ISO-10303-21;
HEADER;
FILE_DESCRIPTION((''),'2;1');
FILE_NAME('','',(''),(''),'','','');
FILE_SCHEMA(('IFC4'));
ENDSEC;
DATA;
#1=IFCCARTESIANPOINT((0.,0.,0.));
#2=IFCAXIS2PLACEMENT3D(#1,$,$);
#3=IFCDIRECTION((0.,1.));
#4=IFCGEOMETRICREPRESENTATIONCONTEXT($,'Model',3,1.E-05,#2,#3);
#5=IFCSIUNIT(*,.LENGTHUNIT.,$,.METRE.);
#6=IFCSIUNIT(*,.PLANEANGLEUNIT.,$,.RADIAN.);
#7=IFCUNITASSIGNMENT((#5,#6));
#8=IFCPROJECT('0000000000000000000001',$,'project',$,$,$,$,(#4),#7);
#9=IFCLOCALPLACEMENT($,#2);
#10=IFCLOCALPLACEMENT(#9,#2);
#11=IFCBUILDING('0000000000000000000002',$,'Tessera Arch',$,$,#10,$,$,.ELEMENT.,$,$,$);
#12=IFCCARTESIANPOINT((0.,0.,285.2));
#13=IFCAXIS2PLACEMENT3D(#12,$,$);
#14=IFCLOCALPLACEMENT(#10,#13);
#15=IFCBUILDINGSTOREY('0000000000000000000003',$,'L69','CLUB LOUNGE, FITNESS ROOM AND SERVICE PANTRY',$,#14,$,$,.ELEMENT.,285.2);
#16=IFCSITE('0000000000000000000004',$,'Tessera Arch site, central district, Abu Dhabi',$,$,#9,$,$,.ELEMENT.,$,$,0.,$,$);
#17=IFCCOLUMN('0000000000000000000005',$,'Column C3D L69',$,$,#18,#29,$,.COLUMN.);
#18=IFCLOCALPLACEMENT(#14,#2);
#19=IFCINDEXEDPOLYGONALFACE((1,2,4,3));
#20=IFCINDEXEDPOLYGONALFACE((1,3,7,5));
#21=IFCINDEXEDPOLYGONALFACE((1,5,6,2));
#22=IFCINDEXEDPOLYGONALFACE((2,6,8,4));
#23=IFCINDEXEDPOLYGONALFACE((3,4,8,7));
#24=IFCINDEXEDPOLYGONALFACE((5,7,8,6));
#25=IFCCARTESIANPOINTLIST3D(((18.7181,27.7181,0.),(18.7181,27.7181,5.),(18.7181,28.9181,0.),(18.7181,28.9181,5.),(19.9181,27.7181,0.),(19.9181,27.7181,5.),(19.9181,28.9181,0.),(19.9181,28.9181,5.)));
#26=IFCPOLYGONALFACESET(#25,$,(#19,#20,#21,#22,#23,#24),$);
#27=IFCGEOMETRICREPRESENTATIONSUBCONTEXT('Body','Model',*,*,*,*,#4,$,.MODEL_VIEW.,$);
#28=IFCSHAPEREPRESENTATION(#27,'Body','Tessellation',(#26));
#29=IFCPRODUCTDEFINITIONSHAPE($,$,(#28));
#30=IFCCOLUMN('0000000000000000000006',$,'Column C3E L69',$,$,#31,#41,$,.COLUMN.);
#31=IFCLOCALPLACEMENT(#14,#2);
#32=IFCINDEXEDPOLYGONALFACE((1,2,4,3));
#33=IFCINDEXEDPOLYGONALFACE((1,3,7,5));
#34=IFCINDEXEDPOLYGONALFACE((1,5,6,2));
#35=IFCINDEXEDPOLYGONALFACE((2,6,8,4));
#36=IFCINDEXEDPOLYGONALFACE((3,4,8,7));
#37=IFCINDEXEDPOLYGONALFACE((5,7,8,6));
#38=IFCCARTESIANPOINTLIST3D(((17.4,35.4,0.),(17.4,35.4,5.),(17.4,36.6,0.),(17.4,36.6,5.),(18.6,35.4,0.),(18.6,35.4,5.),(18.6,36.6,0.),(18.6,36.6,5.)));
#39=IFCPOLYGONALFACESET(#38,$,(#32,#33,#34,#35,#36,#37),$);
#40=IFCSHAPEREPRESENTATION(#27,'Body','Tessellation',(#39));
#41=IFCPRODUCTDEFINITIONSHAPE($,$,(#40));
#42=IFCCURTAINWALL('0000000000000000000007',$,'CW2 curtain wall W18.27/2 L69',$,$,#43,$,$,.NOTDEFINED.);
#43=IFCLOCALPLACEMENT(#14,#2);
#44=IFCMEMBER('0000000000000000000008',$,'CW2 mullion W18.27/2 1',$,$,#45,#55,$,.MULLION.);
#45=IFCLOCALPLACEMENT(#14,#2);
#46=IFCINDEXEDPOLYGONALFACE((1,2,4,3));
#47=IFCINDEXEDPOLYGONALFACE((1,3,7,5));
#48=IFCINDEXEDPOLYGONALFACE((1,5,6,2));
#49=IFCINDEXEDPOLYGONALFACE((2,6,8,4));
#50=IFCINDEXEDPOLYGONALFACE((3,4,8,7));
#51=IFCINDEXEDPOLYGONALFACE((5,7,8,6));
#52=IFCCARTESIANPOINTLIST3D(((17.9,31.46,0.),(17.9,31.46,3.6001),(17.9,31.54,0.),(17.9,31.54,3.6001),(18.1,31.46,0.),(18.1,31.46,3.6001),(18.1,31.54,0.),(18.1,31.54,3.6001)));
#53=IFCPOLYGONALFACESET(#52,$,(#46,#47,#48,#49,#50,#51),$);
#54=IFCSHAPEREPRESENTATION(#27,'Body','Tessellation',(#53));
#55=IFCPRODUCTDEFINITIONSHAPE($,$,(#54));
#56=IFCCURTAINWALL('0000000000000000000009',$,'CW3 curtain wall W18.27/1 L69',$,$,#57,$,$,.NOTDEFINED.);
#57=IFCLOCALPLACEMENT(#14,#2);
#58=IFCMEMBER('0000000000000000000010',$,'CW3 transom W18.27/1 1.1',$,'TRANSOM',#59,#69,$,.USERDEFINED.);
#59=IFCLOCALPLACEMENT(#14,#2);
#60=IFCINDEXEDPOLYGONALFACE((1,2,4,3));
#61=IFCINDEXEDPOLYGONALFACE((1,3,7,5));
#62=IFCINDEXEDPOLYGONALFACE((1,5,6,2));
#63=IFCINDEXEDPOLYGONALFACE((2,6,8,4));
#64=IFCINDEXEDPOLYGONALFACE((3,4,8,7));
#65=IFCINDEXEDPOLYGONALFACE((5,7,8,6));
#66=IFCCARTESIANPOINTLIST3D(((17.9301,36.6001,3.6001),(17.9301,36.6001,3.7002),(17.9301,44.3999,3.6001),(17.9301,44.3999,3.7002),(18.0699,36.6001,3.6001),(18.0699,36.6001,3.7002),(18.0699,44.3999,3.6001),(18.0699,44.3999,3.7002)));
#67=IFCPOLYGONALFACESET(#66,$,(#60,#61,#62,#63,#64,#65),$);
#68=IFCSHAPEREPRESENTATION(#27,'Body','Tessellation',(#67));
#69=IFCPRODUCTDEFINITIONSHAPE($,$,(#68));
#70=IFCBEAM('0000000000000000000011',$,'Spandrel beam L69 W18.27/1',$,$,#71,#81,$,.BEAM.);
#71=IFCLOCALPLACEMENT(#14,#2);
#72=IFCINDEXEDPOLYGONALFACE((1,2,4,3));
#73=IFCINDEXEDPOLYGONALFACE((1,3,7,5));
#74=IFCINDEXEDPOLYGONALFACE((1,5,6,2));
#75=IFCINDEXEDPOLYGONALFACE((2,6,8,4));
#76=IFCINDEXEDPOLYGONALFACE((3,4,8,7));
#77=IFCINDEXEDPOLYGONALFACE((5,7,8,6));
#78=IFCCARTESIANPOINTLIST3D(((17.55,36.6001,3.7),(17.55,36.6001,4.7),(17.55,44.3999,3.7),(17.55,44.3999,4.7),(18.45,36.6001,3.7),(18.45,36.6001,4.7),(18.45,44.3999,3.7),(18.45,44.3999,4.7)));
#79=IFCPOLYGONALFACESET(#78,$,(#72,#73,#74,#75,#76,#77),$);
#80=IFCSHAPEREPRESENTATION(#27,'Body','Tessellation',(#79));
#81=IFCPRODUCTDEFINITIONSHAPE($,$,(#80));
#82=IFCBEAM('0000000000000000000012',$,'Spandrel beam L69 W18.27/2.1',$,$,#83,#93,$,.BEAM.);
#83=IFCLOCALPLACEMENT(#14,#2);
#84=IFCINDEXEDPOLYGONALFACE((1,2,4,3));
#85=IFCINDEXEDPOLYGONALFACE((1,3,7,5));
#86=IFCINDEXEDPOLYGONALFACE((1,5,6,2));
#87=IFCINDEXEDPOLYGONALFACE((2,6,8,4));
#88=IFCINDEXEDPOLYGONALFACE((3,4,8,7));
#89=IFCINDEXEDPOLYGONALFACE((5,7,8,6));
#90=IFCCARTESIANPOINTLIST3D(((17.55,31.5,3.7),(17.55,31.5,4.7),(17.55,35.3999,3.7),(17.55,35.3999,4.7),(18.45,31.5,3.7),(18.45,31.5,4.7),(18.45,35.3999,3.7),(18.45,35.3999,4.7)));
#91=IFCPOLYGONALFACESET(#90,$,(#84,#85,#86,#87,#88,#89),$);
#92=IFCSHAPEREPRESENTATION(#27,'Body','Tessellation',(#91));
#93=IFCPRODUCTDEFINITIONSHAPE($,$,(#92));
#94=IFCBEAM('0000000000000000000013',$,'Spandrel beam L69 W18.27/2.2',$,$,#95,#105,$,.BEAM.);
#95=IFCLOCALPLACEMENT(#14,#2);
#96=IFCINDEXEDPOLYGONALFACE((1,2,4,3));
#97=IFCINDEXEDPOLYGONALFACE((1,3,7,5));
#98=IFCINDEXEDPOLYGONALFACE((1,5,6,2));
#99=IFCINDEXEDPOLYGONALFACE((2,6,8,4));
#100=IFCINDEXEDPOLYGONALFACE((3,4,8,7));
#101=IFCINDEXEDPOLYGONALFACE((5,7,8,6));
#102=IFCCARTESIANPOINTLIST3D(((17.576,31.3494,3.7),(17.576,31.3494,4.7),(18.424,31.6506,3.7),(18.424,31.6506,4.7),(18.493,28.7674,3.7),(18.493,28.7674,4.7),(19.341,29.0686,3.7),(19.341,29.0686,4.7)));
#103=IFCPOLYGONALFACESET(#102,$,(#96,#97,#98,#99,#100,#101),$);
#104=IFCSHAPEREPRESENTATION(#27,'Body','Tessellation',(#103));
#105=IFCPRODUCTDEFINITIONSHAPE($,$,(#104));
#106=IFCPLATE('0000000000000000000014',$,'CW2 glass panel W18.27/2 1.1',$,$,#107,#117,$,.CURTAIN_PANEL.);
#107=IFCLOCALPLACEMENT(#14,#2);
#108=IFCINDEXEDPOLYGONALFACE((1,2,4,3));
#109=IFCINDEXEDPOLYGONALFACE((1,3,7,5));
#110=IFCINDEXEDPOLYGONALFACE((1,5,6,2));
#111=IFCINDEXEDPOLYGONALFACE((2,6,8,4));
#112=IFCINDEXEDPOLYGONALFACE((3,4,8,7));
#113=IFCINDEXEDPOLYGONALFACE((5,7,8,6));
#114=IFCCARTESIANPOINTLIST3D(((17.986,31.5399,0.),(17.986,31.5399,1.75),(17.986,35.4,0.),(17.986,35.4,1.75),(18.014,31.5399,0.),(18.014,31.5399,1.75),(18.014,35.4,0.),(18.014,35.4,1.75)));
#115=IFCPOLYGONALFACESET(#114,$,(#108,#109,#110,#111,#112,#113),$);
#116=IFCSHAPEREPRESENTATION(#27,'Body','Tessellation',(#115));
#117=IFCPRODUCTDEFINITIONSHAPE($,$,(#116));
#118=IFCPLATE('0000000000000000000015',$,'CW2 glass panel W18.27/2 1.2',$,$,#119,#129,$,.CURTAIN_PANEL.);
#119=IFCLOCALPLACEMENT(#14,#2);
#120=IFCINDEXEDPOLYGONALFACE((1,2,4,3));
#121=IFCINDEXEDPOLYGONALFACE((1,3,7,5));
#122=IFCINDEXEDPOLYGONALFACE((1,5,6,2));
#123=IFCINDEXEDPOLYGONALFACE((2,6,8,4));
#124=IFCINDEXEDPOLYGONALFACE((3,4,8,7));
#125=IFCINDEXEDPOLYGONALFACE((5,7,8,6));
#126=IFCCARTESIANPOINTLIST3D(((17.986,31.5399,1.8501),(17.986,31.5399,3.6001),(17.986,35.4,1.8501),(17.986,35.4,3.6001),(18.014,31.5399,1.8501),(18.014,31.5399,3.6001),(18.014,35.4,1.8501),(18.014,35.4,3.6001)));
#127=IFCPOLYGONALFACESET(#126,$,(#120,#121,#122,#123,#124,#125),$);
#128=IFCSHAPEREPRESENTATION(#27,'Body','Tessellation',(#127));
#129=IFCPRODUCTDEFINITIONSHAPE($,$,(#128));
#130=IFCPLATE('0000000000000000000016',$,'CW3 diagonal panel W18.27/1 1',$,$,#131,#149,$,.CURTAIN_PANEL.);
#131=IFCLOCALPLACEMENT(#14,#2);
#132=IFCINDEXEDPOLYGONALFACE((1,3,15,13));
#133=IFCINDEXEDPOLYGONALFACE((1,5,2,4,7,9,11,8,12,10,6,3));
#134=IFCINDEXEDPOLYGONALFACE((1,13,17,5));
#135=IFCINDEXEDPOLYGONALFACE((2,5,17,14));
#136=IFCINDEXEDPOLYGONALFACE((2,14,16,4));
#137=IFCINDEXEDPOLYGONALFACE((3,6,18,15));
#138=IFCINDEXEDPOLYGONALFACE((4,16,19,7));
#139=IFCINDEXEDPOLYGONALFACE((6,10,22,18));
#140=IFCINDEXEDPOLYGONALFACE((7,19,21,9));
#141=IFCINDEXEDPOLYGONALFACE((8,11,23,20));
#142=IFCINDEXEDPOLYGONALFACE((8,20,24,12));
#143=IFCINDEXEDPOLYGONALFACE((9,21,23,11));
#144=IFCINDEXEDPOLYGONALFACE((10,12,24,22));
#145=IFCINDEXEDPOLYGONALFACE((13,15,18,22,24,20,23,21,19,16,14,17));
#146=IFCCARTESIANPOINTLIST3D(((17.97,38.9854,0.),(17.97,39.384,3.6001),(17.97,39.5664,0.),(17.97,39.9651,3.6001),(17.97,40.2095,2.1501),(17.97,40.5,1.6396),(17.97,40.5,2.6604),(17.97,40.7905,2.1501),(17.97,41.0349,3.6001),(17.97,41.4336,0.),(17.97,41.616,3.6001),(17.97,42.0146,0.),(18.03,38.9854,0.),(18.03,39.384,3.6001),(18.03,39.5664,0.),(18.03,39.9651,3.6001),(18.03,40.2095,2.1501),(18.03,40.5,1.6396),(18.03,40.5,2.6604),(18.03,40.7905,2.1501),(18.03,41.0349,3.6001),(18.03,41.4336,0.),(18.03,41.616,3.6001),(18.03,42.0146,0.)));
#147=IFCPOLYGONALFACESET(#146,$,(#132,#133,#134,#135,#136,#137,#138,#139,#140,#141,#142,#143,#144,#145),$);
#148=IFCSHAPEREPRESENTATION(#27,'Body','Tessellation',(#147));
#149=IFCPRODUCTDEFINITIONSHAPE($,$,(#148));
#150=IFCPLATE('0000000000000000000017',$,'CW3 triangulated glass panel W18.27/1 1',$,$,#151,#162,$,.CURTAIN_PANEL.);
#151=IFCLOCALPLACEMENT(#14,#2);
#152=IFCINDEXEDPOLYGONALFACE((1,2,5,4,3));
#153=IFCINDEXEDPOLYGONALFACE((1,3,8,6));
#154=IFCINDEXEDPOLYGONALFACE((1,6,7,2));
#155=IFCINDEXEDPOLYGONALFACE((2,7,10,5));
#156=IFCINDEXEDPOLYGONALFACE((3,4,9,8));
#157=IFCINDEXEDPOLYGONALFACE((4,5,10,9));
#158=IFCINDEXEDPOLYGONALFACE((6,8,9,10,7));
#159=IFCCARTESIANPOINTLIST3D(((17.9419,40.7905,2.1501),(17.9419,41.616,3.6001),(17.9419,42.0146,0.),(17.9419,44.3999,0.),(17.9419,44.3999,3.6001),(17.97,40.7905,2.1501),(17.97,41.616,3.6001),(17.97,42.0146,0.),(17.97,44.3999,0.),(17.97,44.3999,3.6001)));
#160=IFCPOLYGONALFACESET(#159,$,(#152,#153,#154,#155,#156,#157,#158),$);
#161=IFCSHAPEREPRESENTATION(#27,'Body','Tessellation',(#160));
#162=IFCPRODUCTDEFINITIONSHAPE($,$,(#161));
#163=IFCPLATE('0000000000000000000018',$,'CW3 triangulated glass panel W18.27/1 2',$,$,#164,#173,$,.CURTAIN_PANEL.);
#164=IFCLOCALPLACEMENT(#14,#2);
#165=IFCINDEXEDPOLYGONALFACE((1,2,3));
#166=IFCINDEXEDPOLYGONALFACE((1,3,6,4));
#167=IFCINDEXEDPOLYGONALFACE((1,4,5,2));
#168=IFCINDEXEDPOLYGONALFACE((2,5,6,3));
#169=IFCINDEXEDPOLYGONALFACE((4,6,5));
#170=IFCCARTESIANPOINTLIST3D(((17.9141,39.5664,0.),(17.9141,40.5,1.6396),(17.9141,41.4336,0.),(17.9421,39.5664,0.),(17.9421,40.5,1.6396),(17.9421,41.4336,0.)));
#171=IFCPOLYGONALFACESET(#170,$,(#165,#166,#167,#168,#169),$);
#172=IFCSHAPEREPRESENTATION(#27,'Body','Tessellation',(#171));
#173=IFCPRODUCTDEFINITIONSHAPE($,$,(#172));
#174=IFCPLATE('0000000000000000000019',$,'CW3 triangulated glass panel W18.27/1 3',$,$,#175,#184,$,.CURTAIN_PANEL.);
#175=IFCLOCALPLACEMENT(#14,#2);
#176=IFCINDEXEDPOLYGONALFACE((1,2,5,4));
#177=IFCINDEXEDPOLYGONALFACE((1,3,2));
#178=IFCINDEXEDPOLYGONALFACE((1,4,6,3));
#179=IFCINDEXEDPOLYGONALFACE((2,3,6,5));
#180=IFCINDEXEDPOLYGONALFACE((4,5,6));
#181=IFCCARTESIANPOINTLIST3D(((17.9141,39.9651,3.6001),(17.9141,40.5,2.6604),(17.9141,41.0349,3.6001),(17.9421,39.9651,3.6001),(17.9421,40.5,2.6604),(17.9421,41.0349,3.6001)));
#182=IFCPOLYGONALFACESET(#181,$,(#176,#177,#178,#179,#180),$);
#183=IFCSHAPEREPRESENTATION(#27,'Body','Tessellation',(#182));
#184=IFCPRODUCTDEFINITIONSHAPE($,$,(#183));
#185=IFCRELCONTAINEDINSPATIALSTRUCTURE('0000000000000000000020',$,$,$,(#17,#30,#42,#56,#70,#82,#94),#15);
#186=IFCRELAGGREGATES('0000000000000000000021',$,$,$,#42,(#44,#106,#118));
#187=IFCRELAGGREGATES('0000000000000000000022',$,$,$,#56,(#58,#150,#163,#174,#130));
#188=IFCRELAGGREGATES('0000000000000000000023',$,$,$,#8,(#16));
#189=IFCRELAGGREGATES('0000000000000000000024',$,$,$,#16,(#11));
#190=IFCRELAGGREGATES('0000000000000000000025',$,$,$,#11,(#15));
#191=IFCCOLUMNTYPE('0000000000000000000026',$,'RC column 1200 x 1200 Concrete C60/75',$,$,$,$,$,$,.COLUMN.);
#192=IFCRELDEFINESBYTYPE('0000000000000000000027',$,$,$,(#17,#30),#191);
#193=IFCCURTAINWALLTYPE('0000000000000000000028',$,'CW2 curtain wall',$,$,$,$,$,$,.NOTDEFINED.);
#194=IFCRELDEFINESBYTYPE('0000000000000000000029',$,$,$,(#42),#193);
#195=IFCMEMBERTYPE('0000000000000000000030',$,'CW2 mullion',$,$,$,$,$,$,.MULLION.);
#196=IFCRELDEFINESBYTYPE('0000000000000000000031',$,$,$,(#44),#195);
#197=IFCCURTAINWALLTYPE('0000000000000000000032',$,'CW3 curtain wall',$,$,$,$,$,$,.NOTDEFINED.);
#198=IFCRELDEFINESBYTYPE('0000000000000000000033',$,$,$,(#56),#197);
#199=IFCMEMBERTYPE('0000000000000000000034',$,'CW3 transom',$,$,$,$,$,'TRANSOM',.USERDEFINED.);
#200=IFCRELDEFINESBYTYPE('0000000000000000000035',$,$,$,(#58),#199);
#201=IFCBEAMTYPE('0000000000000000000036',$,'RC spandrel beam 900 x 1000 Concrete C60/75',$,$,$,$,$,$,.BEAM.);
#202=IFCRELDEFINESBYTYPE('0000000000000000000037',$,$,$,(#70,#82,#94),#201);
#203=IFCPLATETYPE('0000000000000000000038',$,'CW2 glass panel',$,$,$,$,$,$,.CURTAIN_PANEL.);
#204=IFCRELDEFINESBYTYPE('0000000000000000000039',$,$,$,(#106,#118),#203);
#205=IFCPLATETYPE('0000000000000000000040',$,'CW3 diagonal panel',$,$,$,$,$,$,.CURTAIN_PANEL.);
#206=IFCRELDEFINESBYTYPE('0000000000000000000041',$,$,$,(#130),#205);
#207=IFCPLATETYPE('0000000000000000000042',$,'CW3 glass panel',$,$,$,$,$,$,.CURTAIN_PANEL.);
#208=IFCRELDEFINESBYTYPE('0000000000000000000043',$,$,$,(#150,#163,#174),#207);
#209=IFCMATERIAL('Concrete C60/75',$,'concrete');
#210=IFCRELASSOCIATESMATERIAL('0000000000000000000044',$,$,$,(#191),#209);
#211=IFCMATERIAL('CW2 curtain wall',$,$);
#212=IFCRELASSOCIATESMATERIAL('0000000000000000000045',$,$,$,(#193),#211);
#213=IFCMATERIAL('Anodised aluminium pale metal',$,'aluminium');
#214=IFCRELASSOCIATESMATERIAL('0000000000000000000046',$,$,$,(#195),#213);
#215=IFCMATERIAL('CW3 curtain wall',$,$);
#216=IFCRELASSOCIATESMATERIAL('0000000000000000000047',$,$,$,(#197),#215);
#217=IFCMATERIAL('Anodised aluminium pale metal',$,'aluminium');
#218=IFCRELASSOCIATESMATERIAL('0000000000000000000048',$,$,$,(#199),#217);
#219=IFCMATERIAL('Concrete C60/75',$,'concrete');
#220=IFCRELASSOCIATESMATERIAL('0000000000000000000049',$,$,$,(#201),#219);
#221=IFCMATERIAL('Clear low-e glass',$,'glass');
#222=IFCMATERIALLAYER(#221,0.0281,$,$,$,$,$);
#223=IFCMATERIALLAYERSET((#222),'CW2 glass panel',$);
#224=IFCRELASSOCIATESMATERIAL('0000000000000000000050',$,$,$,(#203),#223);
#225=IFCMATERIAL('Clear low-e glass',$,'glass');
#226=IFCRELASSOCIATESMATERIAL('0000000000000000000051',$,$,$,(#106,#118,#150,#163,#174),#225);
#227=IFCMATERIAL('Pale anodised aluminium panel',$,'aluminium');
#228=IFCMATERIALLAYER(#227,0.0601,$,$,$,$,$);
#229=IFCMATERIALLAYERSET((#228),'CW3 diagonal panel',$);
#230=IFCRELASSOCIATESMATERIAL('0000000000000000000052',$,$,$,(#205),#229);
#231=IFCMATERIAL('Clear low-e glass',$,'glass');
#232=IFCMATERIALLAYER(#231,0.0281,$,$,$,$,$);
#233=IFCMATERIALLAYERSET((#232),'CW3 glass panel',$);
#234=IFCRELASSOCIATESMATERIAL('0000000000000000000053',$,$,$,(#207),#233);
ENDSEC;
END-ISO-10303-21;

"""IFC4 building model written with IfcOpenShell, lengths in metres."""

from ifc_helpers import new_model, si_unit, direction, frame, origin, origin_2d, place, context, subcontext, project, spatial, polyline, rectangle, outline, extrude, material, layer, layer_set, material_profile, profile_set, type_object, element, aggregate, save


model = new_model("IFC4")

# Units and contexts
model_context = context("Model", 3, precision=1e-05, world=origin(), true_north=direction((0.0, 1.0)))
body_context = subcontext(model_context, "Body", "Model", "MODEL_VIEW")
ifc_project = project(units=[si_unit("LENGTHUNIT", "METRE"), si_unit("PLANEANGLEUNIT", "RADIAN")], contexts=[model_context])

# Site, building, storey
site_placement = place(None, origin())
site = spatial("IfcSite", under=ifc_project, at=site_placement, Name="Tessera Arch site, central district, Abu Dhabi", CompositionType="ELEMENT", RefElevation=0.0)
building_placement = place(site_placement, origin())
building = spatial("IfcBuilding", under=site, at=building_placement, Name="Tessera Arch", CompositionType="ELEMENT")
storey_placement = place(building_placement, frame((0.0, 0.0, 285.2)))
storey = spatial("IfcBuildingStorey", under=building, at=storey_placement, Name="L69", Description="CLUB LOUNGE, FITNESS ROOM AND SERVICE PANTRY", CompositionType="ELEMENT", Elevation=285.2)

# Columns
ifc_material_1 = material(Name="Concrete C60/75", Category="concrete")
ifc_material_profile_1 = material_profile(ifc_material_1, rectangle(XDim=1.2, YDim=1.2, at=origin_2d()), Name="RC column 1200 x 1200 Concrete C60/75")
ifc_profile_set_1 = profile_set([ifc_material_profile_1], Name="Concrete C60/75")
column_type = type_object("IfcColumnType", Name="RC column 1200 x 1200 Concrete C60/75", PredefinedType="COLUMN", material=ifc_profile_set_1)
for number, where, z_axis, x_axis, name in (
    (1, (19.3181, 28.3181, 0.0), (0.0, 0.0, 1.0), (1.0, 0.0, 0.0), "Column C3D L69"),
    (2, (18.0, 36.0, 0.0), (0.0, 0.0, 1.0), (1.0, 0.0, 0.0), "Column C3E L69"),
):
    element("IfcColumn", number, at=place(storey_placement, frame(where, z_axis=z_axis, x_axis=x_axis)), inside=storey, type_object=column_type, Name=name, PredefinedType="COLUMN", context=body_context, shape_type="SweptSolid", body=[
        extrude(rectangle(XDim=1.2, YDim=1.2, at=origin_2d()), origin(), (0.0, 0.0, 1.0), 5.0),
    ])

# Curtain walls, members
ifc_material_2 = material(Name="CW2 curtain wall")
curtain_wall_type_1 = type_object("IfcCurtainWallType", Name="CW2 curtain wall", PredefinedType="NOTDEFINED", material=ifc_material_2)
curtain_wall_1_placement = place(storey_placement, origin())
curtain_wall_1 = element("IfcCurtainWall", 3, at=curtain_wall_1_placement, inside=storey, type_object=curtain_wall_type_1, Name="CW2 curtain wall W18.27/2 L69", PredefinedType="NOTDEFINED")
ifc_material_3 = material(Name="Anodised aluminium pale metal", Category="aluminium")
ifc_material_profile_2 = material_profile(ifc_material_3, rectangle(XDim=0.2, YDim=0.0801, at=origin_2d()), Name="AL 80x200")
ifc_profile_set_2 = profile_set([ifc_material_profile_2], Name="Anodised aluminium pale metal")
member_type_1 = type_object("IfcMemberType", Name="CW2 mullion", PredefinedType="MULLION", material=ifc_profile_set_2)
member_1_placement = place(storey_placement, frame((18.0, 31.5, 0.0), z_axis=(0.0, 0.0, 1.0), x_axis=(1.0, 0.0, 0.0)))
member_1 = element("IfcMember", 4, at=member_1_placement, type_object=member_type_1, Name="CW2 mullion W18.27/2 1", PredefinedType="MULLION", context=body_context, shape_type="SweptSolid", body=[
    extrude(rectangle(XDim=0.2, YDim=0.0801, at=origin_2d()), origin(), (0.0, 0.0, 1.0), 3.6001),
])
ifc_material_4 = material(Name="CW3 curtain wall")
curtain_wall_type_2 = type_object("IfcCurtainWallType", Name="CW3 curtain wall", PredefinedType="NOTDEFINED", material=ifc_material_4)
curtain_wall_2_placement = place(storey_placement, origin())
curtain_wall_2 = element("IfcCurtainWall", 5, at=curtain_wall_2_placement, inside=storey, type_object=curtain_wall_type_2, Name="CW3 curtain wall W18.27/1 L69", PredefinedType="NOTDEFINED")
ifc_material_5 = material(Name="Anodised aluminium pale metal", Category="aluminium")
ifc_material_profile_3 = material_profile(ifc_material_5, rectangle(XDim=0.1399, YDim=0.1001, at=origin_2d()), Name="AL 140x100")
ifc_profile_set_3 = profile_set([ifc_material_profile_3], Name="Anodised aluminium pale metal")
member_type_2 = type_object("IfcMemberType", Name="CW3 transom", ElementType="TRANSOM", PredefinedType="USERDEFINED", material=ifc_profile_set_3)
member_2_placement = place(storey_placement, frame((18.0, 44.3999, 3.6501), z_axis=(0.0, -1.0, 0.0), x_axis=(1.0, 0.0, 0.0)))
member_2 = element("IfcMember", 6, at=member_2_placement, type_object=member_type_2, Name="CW3 transom W18.27/1 1.1", ObjectType="TRANSOM", PredefinedType="USERDEFINED", context=body_context, shape_type="SweptSolid", body=[
    extrude(rectangle(XDim=0.1399, YDim=0.1001, at=origin_2d()), origin(), (0.0, 0.0, 1.0), 7.7998),
])

# Beams
ifc_material_6 = material(Name="Concrete C60/75", Category="concrete")
ifc_material_profile_4 = material_profile(ifc_material_6, rectangle(XDim=0.8999, YDim=1.0, at=origin_2d()), Name="RC spandrel beam 900 x 1000 Concrete C60/75")
ifc_profile_set_4 = profile_set([ifc_material_profile_4], Name="Concrete C60/75")
beam_type = type_object("IfcBeamType", Name="RC spandrel beam 900 x 1000 Concrete C60/75", PredefinedType="BEAM", material=ifc_profile_set_4)
beam_1_placement = place(storey_placement, frame((18.0, 44.3999, 4.2), z_axis=(0.0, -1.0, 0.0), x_axis=(1.0, 0.0, 0.0)))
element("IfcBeam", 7, at=beam_1_placement, inside=storey, type_object=beam_type, Name="Spandrel beam L69 W18.27/1", PredefinedType="BEAM", context=body_context, shape_type="SweptSolid", body=[
    extrude(rectangle(XDim=0.8999, YDim=1.0, at=origin_2d()), origin(), (0.0, 0.0, 1.0), 7.7998),
])
beam_2_placement = place(storey_placement, frame((18.0, 35.3999, 4.2), z_axis=(0.0, -1.0, 0.0), x_axis=(1.0, 0.0, 0.0)))
element("IfcBeam", 8, at=beam_2_placement, inside=storey, type_object=beam_type, Name="Spandrel beam L69 W18.27/2.1", PredefinedType="BEAM", context=body_context, shape_type="SweptSolid", body=[
    extrude(rectangle(XDim=0.8999, YDim=1.0, at=origin_2d()), origin(), (0.0, 0.0, 1.0), 3.8999),
])
beam_3_placement = place(storey_placement, frame((18.0, 31.5, 4.2), z_axis=(0.334665, -0.942337, 0.0), x_axis=(0.942337, 0.334665, 0.0)))
element("IfcBeam", 9, at=beam_3_placement, inside=storey, type_object=beam_type, Name="Spandrel beam L69 W18.27/2.2", PredefinedType="BEAM", context=body_context, shape_type="SweptSolid", body=[
    extrude(rectangle(XDim=0.8999, YDim=1.0, at=origin_2d()), origin(), (0.0, 0.0, 1.0), 2.74),
])

# Plates
ifc_material_7 = material(Name="Clear low-e glass", Category="glass")
ifc_material_8 = material(Name="Clear low-e glass", Category="glass")
ifc_layer_1 = layer(ifc_material_8, 0.0281)
ifc_layer_set_1 = layer_set([ifc_layer_1], Name="CW2 glass panel")
plate_type_1 = type_object("IfcPlateType", Name="CW2 glass panel", PredefinedType="CURTAIN_PANEL", material=ifc_layer_set_1)
plate_1_placement = place(storey_placement, frame((18.0, 33.47, 0.0), z_axis=(0.0, 0.0, 1.0), x_axis=(0.0, -1.0, 0.0)))
plate_1 = element("IfcPlate", 10, at=plate_1_placement, type_object=plate_type_1, material=ifc_material_7, Name="CW2 glass panel W18.27/2 1.1", PredefinedType="CURTAIN_PANEL", context=body_context, shape_type="SweptSolid", body=[
    extrude(rectangle(XDim=3.8601, YDim=0.0281, at=origin_2d()), origin(), (0.0, 0.0, 1.0), 1.75),
])
plate_2_placement = place(storey_placement, frame((18.0, 33.47, 1.8501), z_axis=(0.0, 0.0, 1.0), x_axis=(0.0, -1.0, 0.0)))
plate_2 = element("IfcPlate", 11, at=plate_2_placement, type_object=plate_type_1, material=ifc_material_7, Name="CW2 glass panel W18.27/2 1.2", PredefinedType="CURTAIN_PANEL", context=body_context, shape_type="SweptSolid", body=[
    extrude(rectangle(XDim=3.8601, YDim=0.0281, at=origin_2d()), origin(), (0.0, 0.0, 1.0), 1.75),
])
aggregate(curtain_wall_1, [member_1, plate_1, plate_2])
ifc_material_9 = material(Name="Pale anodised aluminium panel", Category="aluminium")
ifc_layer_2 = layer(ifc_material_9, 0.0601)
ifc_layer_set_2 = layer_set([ifc_layer_2], Name="CW3 diagonal panel")
plate_type_2 = type_object("IfcPlateType", Name="CW3 diagonal panel", PredefinedType="CURTAIN_PANEL", material=ifc_layer_set_2)
plate_3_placement = place(storey_placement, frame((17.97, 39.384, 3.6001), z_axis=(-1.0, 0.0, 0.0), x_axis=(0.0, 1.0, 0.0)))
plate_3 = element("IfcPlate", 12, at=plate_3_placement, type_object=plate_type_2, Name="CW3 diagonal panel W18.27/1 1", PredefinedType="CURTAIN_PANEL", context=body_context, shape_type="SweptSolid", body=[
    extrude(outline(polyline([(0.0, 0.0), (0.5811, 0.0), (1.116, 0.9397), (1.6509, 0.0), (2.2319, 0.0), (1.4065, 1.45), (2.6306, 3.6001), (2.0496, 3.6001), (1.116, 1.9604), (0.1824, 3.6001), (-0.3987, 3.6001), (0.8254, 1.45), (0.0, 0.0)])), origin(), (0.0, 0.0, -1.0), 0.0601),
])
ifc_material_10 = material(Name="Clear low-e glass", Category="glass")
ifc_layer_3 = layer(ifc_material_10, 0.0281)
ifc_layer_set_3 = layer_set([ifc_layer_3], Name="CW3 glass panel")
plate_type_3 = type_object("IfcPlateType", Name="CW3 glass panel", PredefinedType="CURTAIN_PANEL", material=ifc_layer_set_3)
plate_4_placement = place(storey_placement, frame((17.9419, 44.3999, 0.0), z_axis=(-1.0, 0.0, 0.0), x_axis=(0.0, -1.0, 0.0)))
plate_4 = element("IfcPlate", 13, at=plate_4_placement, type_object=plate_type_3, material=ifc_material_7, Name="CW3 triangulated glass panel W18.27/1 1", PredefinedType="CURTAIN_PANEL", context=body_context, shape_type="SweptSolid", body=[
    extrude(outline(polyline([(0.0, 0.0), (2.3853, 0.0), (3.6094, 2.1501), (2.7839, 3.6001), (0.0, 3.6001), (0.0, 0.0)])), origin(), (0.0, 0.0, -1.0), 0.0281),
])
plate_5_placement = place(storey_placement, frame((17.9141, 41.4336, 0.0), z_axis=(-1.0, 0.0, 0.0), x_axis=(0.0, -1.0, 0.0)))
plate_5 = element("IfcPlate", 14, at=plate_5_placement, type_object=plate_type_3, material=ifc_material_7, Name="CW3 triangulated glass panel W18.27/1 2", PredefinedType="CURTAIN_PANEL", context=body_context, shape_type="SweptSolid", body=[
    extrude(outline(polyline([(0.0, 0.0), (1.8672, 0.0), (0.9336, 1.6396), (0.0, 0.0)])), origin(), (0.0, 0.0, -1.0), 0.0281),
])
plate_6_placement = place(storey_placement, frame((17.9141, 39.9651, 3.6001), z_axis=(-1.0, 0.0, 0.0), x_axis=(0.0, 1.0, 0.0)))
plate_6 = element("IfcPlate", 15, at=plate_6_placement, type_object=plate_type_3, material=ifc_material_7, Name="CW3 triangulated glass panel W18.27/1 3", PredefinedType="CURTAIN_PANEL", context=body_context, shape_type="SweptSolid", body=[
    extrude(outline(polyline([(0.0, 0.0), (1.0698, 0.0), (0.5349, 0.9397), (0.0, 0.0)])), origin(), (0.0, 0.0, -1.0), 0.0281),
])

aggregate(curtain_wall_2, [member_2, plate_4, plate_5, plate_6, plate_3])

save(model, "model.ifc")
